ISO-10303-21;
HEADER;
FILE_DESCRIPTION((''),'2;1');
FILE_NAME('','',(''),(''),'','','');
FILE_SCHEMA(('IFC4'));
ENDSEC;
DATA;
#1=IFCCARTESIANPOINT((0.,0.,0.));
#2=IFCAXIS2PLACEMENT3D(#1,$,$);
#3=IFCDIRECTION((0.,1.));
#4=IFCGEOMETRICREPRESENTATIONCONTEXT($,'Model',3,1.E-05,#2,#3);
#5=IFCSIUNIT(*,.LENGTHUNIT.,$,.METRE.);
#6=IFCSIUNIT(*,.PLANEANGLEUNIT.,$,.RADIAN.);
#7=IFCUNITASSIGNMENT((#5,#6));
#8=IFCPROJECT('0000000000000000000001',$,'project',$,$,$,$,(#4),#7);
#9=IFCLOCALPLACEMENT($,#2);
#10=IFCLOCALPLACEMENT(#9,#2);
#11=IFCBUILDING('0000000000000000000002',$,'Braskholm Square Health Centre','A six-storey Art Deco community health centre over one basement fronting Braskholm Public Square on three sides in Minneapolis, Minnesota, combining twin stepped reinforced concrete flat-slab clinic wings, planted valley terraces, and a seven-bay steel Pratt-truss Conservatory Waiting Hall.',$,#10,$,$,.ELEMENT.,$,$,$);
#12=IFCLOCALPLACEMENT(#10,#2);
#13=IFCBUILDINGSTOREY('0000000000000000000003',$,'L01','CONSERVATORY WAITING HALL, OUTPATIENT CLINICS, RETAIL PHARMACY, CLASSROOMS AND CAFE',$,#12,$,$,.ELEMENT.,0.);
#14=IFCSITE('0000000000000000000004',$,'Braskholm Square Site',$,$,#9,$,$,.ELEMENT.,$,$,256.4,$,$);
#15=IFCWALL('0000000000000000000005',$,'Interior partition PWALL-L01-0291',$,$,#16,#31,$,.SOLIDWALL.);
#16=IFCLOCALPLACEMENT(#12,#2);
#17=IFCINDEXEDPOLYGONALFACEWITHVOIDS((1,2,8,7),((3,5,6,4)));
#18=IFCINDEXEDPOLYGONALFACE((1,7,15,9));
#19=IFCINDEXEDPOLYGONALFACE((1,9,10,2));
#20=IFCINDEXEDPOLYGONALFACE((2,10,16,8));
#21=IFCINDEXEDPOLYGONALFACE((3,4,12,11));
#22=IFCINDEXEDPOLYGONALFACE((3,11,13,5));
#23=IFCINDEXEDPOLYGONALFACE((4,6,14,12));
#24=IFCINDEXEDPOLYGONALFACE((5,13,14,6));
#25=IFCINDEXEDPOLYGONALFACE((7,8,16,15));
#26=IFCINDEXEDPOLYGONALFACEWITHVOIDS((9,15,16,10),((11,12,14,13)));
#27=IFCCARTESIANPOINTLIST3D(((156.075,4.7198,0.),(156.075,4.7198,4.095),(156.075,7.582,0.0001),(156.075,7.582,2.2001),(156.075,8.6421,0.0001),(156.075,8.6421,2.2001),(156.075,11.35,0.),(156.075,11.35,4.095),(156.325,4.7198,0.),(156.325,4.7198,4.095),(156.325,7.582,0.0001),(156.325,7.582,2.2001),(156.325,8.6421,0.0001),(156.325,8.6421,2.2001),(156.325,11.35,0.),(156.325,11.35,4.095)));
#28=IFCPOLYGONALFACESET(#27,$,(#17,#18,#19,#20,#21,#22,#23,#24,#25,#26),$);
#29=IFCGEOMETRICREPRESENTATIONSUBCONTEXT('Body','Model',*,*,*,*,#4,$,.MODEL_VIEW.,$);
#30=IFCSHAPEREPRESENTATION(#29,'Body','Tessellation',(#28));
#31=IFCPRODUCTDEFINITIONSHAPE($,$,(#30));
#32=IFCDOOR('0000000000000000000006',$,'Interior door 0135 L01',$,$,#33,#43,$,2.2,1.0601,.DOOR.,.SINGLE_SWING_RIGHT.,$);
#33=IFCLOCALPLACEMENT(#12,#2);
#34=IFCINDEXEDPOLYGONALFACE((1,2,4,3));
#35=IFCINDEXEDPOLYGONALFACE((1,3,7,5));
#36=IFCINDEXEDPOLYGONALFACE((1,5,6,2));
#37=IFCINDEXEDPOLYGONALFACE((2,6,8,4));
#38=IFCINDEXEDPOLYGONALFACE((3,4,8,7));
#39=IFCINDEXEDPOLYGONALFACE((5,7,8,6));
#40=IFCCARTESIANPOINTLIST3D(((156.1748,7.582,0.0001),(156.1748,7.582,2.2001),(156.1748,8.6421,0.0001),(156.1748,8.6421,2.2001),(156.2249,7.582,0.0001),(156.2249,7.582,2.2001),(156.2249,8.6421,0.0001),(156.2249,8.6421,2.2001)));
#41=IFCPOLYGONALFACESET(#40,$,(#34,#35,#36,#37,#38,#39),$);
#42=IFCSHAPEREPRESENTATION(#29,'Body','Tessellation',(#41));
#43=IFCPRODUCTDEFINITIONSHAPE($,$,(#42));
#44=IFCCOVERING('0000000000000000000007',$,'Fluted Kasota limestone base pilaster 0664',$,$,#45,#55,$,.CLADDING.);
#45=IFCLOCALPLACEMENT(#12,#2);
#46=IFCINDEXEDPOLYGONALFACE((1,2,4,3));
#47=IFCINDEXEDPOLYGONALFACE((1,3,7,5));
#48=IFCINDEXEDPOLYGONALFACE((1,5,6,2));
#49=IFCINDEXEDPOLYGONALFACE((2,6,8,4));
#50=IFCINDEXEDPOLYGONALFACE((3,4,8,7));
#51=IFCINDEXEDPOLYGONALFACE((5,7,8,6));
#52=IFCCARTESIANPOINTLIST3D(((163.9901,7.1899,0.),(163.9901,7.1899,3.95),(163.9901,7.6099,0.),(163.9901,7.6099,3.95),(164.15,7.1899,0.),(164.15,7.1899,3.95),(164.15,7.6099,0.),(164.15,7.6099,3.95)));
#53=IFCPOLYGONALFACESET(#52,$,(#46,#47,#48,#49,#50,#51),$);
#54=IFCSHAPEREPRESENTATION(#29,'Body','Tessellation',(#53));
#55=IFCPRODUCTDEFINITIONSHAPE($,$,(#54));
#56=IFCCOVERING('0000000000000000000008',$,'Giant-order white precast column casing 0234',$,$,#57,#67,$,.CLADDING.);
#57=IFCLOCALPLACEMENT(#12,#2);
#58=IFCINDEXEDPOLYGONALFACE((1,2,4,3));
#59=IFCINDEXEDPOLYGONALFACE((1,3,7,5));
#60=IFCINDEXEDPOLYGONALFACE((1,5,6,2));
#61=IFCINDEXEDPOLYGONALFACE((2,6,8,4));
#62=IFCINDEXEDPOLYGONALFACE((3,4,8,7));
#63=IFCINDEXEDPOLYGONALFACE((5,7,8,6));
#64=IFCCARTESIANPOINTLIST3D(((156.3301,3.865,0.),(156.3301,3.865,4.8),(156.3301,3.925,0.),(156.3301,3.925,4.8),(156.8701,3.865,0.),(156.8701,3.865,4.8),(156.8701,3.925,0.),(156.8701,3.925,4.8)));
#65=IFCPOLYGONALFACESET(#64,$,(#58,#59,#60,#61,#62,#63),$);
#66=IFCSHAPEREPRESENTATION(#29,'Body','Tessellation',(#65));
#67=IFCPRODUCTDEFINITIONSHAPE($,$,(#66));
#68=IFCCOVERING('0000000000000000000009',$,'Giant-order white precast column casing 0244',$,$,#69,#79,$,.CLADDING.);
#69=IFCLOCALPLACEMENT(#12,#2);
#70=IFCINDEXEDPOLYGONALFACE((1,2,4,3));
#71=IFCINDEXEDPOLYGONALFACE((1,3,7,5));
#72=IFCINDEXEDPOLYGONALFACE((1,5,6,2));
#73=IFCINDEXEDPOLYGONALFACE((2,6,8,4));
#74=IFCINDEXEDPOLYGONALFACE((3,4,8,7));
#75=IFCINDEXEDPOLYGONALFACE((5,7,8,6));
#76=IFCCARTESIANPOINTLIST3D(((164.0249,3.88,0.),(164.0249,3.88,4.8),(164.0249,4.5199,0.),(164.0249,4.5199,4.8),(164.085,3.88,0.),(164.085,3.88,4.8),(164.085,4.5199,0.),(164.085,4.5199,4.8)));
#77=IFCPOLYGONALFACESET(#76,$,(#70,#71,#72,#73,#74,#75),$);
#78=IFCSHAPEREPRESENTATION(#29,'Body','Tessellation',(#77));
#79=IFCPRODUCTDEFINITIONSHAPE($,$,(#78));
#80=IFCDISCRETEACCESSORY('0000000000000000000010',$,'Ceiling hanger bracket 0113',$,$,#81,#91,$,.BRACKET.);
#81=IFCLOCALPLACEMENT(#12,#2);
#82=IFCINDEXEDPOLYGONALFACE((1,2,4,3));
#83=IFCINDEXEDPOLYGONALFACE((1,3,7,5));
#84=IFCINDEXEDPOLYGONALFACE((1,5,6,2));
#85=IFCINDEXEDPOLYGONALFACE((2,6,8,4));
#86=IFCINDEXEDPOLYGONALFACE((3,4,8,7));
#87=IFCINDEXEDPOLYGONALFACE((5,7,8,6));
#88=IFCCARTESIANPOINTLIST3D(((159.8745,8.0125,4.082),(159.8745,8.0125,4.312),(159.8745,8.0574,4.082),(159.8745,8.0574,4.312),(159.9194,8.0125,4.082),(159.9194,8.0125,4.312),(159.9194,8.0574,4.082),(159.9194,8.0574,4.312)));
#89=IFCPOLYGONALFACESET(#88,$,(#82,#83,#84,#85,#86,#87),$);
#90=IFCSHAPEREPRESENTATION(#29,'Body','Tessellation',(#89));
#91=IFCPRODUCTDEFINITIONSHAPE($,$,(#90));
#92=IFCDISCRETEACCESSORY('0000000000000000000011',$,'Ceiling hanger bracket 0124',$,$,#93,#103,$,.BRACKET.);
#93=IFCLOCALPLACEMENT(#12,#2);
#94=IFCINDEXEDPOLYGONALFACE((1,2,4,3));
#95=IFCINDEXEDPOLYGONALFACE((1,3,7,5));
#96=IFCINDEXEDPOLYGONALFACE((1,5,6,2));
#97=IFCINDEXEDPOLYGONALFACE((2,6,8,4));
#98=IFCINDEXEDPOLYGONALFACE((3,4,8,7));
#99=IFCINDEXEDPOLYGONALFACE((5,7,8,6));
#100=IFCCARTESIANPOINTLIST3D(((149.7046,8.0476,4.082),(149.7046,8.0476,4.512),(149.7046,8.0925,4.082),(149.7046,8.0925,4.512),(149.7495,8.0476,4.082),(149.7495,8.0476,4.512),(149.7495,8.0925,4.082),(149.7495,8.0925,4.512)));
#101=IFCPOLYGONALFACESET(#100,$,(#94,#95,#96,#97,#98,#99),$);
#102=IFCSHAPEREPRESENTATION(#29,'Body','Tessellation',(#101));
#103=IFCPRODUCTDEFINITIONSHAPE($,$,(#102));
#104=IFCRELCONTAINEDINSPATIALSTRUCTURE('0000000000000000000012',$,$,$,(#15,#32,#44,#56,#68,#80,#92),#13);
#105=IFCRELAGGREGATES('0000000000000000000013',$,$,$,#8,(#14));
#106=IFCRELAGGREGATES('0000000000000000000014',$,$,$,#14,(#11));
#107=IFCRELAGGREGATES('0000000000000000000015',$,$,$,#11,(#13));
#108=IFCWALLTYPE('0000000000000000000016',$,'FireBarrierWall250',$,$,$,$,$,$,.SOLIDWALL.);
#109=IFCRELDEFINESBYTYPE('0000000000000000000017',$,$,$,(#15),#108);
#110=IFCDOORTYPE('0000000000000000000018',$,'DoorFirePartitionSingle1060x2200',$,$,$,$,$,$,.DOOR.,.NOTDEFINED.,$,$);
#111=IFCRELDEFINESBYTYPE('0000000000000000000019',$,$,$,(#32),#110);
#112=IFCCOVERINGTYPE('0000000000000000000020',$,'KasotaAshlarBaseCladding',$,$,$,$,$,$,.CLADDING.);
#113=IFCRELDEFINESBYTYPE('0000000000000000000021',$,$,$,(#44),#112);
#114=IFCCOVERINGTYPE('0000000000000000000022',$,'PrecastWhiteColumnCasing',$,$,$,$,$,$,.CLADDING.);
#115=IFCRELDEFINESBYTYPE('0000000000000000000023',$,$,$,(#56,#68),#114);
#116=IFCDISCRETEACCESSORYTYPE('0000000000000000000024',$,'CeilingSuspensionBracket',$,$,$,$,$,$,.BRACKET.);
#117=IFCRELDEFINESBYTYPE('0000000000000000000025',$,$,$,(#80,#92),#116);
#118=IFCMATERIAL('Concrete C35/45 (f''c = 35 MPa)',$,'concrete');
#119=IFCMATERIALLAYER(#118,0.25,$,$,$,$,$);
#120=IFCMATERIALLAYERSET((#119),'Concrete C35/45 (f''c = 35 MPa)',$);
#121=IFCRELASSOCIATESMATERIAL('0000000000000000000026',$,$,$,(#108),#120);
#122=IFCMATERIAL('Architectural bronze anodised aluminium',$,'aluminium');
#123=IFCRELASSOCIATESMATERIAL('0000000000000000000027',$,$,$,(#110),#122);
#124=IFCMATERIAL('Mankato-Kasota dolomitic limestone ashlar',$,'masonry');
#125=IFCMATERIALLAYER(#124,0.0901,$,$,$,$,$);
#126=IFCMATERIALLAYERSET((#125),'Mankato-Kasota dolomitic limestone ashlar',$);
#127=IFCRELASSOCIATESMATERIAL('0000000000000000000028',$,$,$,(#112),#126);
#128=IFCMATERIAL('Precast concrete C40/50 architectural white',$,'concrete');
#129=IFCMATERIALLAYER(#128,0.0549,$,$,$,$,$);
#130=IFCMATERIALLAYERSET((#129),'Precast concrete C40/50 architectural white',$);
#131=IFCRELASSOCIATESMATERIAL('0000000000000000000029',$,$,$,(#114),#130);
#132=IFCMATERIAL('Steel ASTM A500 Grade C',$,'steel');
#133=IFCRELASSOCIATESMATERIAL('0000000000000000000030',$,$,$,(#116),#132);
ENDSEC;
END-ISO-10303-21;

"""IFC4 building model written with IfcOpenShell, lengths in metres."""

from ifc_helpers import new_model, si_unit, direction, frame, frame_2d, origin, origin_2d, place, context, subcontext, project, spatial, rectangle, extrude, material, layer, layer_set, type_object, element, fill, save


model = new_model("IFC4")

# Units and contexts
model_context = context("Model", 3, precision=1e-05, world=origin(), true_north=direction((0.0, 1.0)))
body_context = subcontext(model_context, "Body", "Model", "MODEL_VIEW")
ifc_project = project(units=[si_unit("LENGTHUNIT", "METRE"), si_unit("PLANEANGLEUNIT", "RADIAN")], contexts=[model_context])

# Site, building, storey
site_placement = place(None, origin())
site = spatial("IfcSite", under=ifc_project, at=site_placement, Name="Braskholm Square Site", CompositionType="ELEMENT", RefElevation=256.4)
building_placement = place(site_placement, origin())
building = spatial("IfcBuilding", under=site, at=building_placement, Name="Braskholm Square Health Centre", Description="A six-storey Art Deco community health centre over one basement fronting Braskholm Public Square on three sides in Minneapolis, Minnesota, combining twin stepped reinforced concrete flat-slab clinic wings, planted valley terraces, and a seven-bay steel Pratt-truss Conservatory Waiting Hall.", CompositionType="ELEMENT")
storey_placement = place(building_placement, origin())
storey = spatial("IfcBuildingStorey", under=building, at=storey_placement, Name="L01", Description="CONSERVATORY WAITING HALL, OUTPATIENT CLINICS, RETAIL PHARMACY, CLASSROOMS AND CAFE", CompositionType="ELEMENT", Elevation=0.0)

# Shared definitions
ifc_material_1 = material(Name="Precast concrete C40/50 architectural white", Category="concrete")

# Shared definitions
ifc_material_2 = material(Name="Architectural bronze anodised aluminium", Category="aluminium")

# Shared definitions
ifc_material_3 = material(Name="Mankato-Kasota dolomitic limestone ashlar", Category="masonry")

# Wall, opening, door
ifc_material_4 = material(Name="Concrete C35/45 (f'c = 35 MPa)", Category="concrete")
ifc_layer_1 = layer(ifc_material_4, 0.25)
ifc_layer_set_1 = layer_set([ifc_layer_1], Name="Concrete C35/45 (f'c = 35 MPa)")
wall_type_1 = type_object("IfcWallType", Name="FireBarrierWall250", PredefinedType="SOLIDWALL", material=ifc_layer_set_1)
wall_1_placement = place(storey_placement, frame((156.2, 4.72, 0.0), z_axis=(0.0, 0.0, 1.0), x_axis=(0.0, 1.0, 0.0)))
wall_1 = element("IfcWall", 1, at=wall_1_placement, inside=storey, type_object=wall_type_1, Name="Interior partition PWALL-L01-0291", PredefinedType="SOLIDWALL", context=body_context, shape_type="SweptSolid", body=[
    extrude(rectangle(XDim=6.6301, YDim=0.25, at=frame_2d((3.3149, 0.0))), origin(), (0.0, 0.0, 1.0), 4.095),
])
opening_1_placement = place(wall_1_placement, frame((2.8621, 0.0, 0.0)))
opening_1 = element("IfcOpeningElement", 2, at=opening_1_placement, cuts=wall_1, PredefinedType="OPENING", context=body_context, shape_type="SweptSolid", body=[
    extrude(rectangle(XDim=1.0601, YDim=2.2, at=frame_2d((0.53, 1.1001))), frame((0.0, 0.135, 0.0), z_axis=(0.0, -1.0, 0.0), x_axis=(1.0, 0.0, 0.0)), (0.0, 0.0, 1.0), 0.27),
])
door_type_1 = type_object("IfcDoorType", Name="DoorFirePartitionSingle1060x2200", OperationType="NOTDEFINED", PredefinedType="DOOR", material=ifc_material_2)
door_1_placement = place(opening_1_placement, frame((1.0601, 0.0, 0.0), z_axis=(0.0, 0.0, 1.0), x_axis=(-1.0, 0.0, 0.0)))
door_1 = element("IfcDoor", 3, at=door_1_placement, inside=storey, type_object=door_type_1, Name="Interior door 0135 L01", OperationType="SINGLE_SWING_RIGHT", OverallHeight=2.2, OverallWidth=1.0601, PredefinedType="DOOR", context=body_context, shape_type="SweptSolid", body=[
    extrude(rectangle(XDim=1.0601, YDim=2.2, at=frame_2d((0.53, 1.1001))), frame((0.0, 0.0249, 0.0), z_axis=(0.0, -1.0, 0.0), x_axis=(1.0, 0.0, 0.0)), (0.0, 0.0, 1.0), 0.05),
])
fill(opening_1, door_1)

# Coverings
ifc_layer_2 = layer(ifc_material_3, 0.0901)
ifc_layer_set_2 = layer_set([ifc_layer_2], Name="Mankato-Kasota dolomitic limestone ashlar")
covering_type_1 = type_object("IfcCoveringType", Name="KasotaAshlarBaseCladding", PredefinedType="CLADDING", material=ifc_layer_set_2)
covering_1_placement = place(storey_placement, frame((164.0701, 7.3999, 0.0), z_axis=(0.0, 0.0, 1.0), x_axis=(1.0, 0.0, 0.0)))
element("IfcCovering", 4, at=covering_1_placement, inside=storey, type_object=covering_type_1, Name="Fluted Kasota limestone base pilaster 0664", PredefinedType="CLADDING", context=body_context, shape_type="SweptSolid", body=[
    extrude(rectangle(XDim=0.1599, YDim=0.4199, at=origin_2d()), origin(), (0.0, 0.0, 1.0), 3.95),
])
ifc_layer_3 = layer(ifc_material_1, 0.0549)
ifc_layer_set_3 = layer_set([ifc_layer_3], Name="Precast concrete C40/50 architectural white")
covering_type_2 = type_object("IfcCoveringType", Name="PrecastWhiteColumnCasing", PredefinedType="CLADDING", material=ifc_layer_set_3)
covering_2_placement = place(storey_placement, frame((156.6001, 3.895, 0.0), z_axis=(0.0, 0.0, 1.0), x_axis=(1.0, 0.0, 0.0)))
element("IfcCovering", 5, at=covering_2_placement, inside=storey, type_object=covering_type_2, Name="Giant-order white precast column casing 0234", PredefinedType="CLADDING", context=body_context, shape_type="SweptSolid", body=[
    extrude(rectangle(XDim=0.54, YDim=0.0601, at=origin_2d()), origin(), (0.0, 0.0, 1.0), 4.8),
])
covering_3_placement = place(storey_placement, frame((164.0549, 4.2, 0.0), z_axis=(0.0, 0.0, 1.0), x_axis=(1.0, 0.0, 0.0)))
element("IfcCovering", 6, at=covering_3_placement, inside=storey, type_object=covering_type_2, Name="Giant-order white precast column casing 0244", PredefinedType="CLADDING", context=body_context, shape_type="SweptSolid", body=[
    extrude(rectangle(XDim=0.0601, YDim=0.6399, at=origin_2d()), origin(), (0.0, 0.0, 1.0), 4.8),
])

# Discrete accessories
ifc_material_5 = material(Name="Steel ASTM A500 Grade C", Category="steel")
discrete_accessory_type = type_object("IfcDiscreteAccessoryType", Name="CeilingSuspensionBracket", PredefinedType="BRACKET", material=ifc_material_5)
discrete_accessory_1_placement = place(storey_placement, frame((159.897, 8.0349, 4.082), z_axis=(0.0, 0.0, 1.0), x_axis=(1.0, 0.0, 0.0)))
element("IfcDiscreteAccessory", 7, at=discrete_accessory_1_placement, inside=storey, type_object=discrete_accessory_type, Name="Ceiling hanger bracket 0113", PredefinedType="BRACKET", context=body_context, shape_type="SweptSolid", body=[
    extrude(rectangle(XDim=0.0449, YDim=0.0449, at=origin_2d()), origin(), (0.0, 0.0, 1.0), 0.23),
])
discrete_accessory_2_placement = place(storey_placement, frame((149.7271, 8.0701, 4.082), z_axis=(0.0, 0.0, 1.0), x_axis=(1.0, 0.0, 0.0)))
element("IfcDiscreteAccessory", 8, at=discrete_accessory_2_placement, inside=storey, type_object=discrete_accessory_type, Name="Ceiling hanger bracket 0124", PredefinedType="BRACKET", context=body_context, shape_type="SweptSolid", body=[
    extrude(rectangle(XDim=0.0449, YDim=0.0449, at=origin_2d()), origin(), (0.0, 0.0, 1.0), 0.4299),
])

save(model, "model.ifc")
